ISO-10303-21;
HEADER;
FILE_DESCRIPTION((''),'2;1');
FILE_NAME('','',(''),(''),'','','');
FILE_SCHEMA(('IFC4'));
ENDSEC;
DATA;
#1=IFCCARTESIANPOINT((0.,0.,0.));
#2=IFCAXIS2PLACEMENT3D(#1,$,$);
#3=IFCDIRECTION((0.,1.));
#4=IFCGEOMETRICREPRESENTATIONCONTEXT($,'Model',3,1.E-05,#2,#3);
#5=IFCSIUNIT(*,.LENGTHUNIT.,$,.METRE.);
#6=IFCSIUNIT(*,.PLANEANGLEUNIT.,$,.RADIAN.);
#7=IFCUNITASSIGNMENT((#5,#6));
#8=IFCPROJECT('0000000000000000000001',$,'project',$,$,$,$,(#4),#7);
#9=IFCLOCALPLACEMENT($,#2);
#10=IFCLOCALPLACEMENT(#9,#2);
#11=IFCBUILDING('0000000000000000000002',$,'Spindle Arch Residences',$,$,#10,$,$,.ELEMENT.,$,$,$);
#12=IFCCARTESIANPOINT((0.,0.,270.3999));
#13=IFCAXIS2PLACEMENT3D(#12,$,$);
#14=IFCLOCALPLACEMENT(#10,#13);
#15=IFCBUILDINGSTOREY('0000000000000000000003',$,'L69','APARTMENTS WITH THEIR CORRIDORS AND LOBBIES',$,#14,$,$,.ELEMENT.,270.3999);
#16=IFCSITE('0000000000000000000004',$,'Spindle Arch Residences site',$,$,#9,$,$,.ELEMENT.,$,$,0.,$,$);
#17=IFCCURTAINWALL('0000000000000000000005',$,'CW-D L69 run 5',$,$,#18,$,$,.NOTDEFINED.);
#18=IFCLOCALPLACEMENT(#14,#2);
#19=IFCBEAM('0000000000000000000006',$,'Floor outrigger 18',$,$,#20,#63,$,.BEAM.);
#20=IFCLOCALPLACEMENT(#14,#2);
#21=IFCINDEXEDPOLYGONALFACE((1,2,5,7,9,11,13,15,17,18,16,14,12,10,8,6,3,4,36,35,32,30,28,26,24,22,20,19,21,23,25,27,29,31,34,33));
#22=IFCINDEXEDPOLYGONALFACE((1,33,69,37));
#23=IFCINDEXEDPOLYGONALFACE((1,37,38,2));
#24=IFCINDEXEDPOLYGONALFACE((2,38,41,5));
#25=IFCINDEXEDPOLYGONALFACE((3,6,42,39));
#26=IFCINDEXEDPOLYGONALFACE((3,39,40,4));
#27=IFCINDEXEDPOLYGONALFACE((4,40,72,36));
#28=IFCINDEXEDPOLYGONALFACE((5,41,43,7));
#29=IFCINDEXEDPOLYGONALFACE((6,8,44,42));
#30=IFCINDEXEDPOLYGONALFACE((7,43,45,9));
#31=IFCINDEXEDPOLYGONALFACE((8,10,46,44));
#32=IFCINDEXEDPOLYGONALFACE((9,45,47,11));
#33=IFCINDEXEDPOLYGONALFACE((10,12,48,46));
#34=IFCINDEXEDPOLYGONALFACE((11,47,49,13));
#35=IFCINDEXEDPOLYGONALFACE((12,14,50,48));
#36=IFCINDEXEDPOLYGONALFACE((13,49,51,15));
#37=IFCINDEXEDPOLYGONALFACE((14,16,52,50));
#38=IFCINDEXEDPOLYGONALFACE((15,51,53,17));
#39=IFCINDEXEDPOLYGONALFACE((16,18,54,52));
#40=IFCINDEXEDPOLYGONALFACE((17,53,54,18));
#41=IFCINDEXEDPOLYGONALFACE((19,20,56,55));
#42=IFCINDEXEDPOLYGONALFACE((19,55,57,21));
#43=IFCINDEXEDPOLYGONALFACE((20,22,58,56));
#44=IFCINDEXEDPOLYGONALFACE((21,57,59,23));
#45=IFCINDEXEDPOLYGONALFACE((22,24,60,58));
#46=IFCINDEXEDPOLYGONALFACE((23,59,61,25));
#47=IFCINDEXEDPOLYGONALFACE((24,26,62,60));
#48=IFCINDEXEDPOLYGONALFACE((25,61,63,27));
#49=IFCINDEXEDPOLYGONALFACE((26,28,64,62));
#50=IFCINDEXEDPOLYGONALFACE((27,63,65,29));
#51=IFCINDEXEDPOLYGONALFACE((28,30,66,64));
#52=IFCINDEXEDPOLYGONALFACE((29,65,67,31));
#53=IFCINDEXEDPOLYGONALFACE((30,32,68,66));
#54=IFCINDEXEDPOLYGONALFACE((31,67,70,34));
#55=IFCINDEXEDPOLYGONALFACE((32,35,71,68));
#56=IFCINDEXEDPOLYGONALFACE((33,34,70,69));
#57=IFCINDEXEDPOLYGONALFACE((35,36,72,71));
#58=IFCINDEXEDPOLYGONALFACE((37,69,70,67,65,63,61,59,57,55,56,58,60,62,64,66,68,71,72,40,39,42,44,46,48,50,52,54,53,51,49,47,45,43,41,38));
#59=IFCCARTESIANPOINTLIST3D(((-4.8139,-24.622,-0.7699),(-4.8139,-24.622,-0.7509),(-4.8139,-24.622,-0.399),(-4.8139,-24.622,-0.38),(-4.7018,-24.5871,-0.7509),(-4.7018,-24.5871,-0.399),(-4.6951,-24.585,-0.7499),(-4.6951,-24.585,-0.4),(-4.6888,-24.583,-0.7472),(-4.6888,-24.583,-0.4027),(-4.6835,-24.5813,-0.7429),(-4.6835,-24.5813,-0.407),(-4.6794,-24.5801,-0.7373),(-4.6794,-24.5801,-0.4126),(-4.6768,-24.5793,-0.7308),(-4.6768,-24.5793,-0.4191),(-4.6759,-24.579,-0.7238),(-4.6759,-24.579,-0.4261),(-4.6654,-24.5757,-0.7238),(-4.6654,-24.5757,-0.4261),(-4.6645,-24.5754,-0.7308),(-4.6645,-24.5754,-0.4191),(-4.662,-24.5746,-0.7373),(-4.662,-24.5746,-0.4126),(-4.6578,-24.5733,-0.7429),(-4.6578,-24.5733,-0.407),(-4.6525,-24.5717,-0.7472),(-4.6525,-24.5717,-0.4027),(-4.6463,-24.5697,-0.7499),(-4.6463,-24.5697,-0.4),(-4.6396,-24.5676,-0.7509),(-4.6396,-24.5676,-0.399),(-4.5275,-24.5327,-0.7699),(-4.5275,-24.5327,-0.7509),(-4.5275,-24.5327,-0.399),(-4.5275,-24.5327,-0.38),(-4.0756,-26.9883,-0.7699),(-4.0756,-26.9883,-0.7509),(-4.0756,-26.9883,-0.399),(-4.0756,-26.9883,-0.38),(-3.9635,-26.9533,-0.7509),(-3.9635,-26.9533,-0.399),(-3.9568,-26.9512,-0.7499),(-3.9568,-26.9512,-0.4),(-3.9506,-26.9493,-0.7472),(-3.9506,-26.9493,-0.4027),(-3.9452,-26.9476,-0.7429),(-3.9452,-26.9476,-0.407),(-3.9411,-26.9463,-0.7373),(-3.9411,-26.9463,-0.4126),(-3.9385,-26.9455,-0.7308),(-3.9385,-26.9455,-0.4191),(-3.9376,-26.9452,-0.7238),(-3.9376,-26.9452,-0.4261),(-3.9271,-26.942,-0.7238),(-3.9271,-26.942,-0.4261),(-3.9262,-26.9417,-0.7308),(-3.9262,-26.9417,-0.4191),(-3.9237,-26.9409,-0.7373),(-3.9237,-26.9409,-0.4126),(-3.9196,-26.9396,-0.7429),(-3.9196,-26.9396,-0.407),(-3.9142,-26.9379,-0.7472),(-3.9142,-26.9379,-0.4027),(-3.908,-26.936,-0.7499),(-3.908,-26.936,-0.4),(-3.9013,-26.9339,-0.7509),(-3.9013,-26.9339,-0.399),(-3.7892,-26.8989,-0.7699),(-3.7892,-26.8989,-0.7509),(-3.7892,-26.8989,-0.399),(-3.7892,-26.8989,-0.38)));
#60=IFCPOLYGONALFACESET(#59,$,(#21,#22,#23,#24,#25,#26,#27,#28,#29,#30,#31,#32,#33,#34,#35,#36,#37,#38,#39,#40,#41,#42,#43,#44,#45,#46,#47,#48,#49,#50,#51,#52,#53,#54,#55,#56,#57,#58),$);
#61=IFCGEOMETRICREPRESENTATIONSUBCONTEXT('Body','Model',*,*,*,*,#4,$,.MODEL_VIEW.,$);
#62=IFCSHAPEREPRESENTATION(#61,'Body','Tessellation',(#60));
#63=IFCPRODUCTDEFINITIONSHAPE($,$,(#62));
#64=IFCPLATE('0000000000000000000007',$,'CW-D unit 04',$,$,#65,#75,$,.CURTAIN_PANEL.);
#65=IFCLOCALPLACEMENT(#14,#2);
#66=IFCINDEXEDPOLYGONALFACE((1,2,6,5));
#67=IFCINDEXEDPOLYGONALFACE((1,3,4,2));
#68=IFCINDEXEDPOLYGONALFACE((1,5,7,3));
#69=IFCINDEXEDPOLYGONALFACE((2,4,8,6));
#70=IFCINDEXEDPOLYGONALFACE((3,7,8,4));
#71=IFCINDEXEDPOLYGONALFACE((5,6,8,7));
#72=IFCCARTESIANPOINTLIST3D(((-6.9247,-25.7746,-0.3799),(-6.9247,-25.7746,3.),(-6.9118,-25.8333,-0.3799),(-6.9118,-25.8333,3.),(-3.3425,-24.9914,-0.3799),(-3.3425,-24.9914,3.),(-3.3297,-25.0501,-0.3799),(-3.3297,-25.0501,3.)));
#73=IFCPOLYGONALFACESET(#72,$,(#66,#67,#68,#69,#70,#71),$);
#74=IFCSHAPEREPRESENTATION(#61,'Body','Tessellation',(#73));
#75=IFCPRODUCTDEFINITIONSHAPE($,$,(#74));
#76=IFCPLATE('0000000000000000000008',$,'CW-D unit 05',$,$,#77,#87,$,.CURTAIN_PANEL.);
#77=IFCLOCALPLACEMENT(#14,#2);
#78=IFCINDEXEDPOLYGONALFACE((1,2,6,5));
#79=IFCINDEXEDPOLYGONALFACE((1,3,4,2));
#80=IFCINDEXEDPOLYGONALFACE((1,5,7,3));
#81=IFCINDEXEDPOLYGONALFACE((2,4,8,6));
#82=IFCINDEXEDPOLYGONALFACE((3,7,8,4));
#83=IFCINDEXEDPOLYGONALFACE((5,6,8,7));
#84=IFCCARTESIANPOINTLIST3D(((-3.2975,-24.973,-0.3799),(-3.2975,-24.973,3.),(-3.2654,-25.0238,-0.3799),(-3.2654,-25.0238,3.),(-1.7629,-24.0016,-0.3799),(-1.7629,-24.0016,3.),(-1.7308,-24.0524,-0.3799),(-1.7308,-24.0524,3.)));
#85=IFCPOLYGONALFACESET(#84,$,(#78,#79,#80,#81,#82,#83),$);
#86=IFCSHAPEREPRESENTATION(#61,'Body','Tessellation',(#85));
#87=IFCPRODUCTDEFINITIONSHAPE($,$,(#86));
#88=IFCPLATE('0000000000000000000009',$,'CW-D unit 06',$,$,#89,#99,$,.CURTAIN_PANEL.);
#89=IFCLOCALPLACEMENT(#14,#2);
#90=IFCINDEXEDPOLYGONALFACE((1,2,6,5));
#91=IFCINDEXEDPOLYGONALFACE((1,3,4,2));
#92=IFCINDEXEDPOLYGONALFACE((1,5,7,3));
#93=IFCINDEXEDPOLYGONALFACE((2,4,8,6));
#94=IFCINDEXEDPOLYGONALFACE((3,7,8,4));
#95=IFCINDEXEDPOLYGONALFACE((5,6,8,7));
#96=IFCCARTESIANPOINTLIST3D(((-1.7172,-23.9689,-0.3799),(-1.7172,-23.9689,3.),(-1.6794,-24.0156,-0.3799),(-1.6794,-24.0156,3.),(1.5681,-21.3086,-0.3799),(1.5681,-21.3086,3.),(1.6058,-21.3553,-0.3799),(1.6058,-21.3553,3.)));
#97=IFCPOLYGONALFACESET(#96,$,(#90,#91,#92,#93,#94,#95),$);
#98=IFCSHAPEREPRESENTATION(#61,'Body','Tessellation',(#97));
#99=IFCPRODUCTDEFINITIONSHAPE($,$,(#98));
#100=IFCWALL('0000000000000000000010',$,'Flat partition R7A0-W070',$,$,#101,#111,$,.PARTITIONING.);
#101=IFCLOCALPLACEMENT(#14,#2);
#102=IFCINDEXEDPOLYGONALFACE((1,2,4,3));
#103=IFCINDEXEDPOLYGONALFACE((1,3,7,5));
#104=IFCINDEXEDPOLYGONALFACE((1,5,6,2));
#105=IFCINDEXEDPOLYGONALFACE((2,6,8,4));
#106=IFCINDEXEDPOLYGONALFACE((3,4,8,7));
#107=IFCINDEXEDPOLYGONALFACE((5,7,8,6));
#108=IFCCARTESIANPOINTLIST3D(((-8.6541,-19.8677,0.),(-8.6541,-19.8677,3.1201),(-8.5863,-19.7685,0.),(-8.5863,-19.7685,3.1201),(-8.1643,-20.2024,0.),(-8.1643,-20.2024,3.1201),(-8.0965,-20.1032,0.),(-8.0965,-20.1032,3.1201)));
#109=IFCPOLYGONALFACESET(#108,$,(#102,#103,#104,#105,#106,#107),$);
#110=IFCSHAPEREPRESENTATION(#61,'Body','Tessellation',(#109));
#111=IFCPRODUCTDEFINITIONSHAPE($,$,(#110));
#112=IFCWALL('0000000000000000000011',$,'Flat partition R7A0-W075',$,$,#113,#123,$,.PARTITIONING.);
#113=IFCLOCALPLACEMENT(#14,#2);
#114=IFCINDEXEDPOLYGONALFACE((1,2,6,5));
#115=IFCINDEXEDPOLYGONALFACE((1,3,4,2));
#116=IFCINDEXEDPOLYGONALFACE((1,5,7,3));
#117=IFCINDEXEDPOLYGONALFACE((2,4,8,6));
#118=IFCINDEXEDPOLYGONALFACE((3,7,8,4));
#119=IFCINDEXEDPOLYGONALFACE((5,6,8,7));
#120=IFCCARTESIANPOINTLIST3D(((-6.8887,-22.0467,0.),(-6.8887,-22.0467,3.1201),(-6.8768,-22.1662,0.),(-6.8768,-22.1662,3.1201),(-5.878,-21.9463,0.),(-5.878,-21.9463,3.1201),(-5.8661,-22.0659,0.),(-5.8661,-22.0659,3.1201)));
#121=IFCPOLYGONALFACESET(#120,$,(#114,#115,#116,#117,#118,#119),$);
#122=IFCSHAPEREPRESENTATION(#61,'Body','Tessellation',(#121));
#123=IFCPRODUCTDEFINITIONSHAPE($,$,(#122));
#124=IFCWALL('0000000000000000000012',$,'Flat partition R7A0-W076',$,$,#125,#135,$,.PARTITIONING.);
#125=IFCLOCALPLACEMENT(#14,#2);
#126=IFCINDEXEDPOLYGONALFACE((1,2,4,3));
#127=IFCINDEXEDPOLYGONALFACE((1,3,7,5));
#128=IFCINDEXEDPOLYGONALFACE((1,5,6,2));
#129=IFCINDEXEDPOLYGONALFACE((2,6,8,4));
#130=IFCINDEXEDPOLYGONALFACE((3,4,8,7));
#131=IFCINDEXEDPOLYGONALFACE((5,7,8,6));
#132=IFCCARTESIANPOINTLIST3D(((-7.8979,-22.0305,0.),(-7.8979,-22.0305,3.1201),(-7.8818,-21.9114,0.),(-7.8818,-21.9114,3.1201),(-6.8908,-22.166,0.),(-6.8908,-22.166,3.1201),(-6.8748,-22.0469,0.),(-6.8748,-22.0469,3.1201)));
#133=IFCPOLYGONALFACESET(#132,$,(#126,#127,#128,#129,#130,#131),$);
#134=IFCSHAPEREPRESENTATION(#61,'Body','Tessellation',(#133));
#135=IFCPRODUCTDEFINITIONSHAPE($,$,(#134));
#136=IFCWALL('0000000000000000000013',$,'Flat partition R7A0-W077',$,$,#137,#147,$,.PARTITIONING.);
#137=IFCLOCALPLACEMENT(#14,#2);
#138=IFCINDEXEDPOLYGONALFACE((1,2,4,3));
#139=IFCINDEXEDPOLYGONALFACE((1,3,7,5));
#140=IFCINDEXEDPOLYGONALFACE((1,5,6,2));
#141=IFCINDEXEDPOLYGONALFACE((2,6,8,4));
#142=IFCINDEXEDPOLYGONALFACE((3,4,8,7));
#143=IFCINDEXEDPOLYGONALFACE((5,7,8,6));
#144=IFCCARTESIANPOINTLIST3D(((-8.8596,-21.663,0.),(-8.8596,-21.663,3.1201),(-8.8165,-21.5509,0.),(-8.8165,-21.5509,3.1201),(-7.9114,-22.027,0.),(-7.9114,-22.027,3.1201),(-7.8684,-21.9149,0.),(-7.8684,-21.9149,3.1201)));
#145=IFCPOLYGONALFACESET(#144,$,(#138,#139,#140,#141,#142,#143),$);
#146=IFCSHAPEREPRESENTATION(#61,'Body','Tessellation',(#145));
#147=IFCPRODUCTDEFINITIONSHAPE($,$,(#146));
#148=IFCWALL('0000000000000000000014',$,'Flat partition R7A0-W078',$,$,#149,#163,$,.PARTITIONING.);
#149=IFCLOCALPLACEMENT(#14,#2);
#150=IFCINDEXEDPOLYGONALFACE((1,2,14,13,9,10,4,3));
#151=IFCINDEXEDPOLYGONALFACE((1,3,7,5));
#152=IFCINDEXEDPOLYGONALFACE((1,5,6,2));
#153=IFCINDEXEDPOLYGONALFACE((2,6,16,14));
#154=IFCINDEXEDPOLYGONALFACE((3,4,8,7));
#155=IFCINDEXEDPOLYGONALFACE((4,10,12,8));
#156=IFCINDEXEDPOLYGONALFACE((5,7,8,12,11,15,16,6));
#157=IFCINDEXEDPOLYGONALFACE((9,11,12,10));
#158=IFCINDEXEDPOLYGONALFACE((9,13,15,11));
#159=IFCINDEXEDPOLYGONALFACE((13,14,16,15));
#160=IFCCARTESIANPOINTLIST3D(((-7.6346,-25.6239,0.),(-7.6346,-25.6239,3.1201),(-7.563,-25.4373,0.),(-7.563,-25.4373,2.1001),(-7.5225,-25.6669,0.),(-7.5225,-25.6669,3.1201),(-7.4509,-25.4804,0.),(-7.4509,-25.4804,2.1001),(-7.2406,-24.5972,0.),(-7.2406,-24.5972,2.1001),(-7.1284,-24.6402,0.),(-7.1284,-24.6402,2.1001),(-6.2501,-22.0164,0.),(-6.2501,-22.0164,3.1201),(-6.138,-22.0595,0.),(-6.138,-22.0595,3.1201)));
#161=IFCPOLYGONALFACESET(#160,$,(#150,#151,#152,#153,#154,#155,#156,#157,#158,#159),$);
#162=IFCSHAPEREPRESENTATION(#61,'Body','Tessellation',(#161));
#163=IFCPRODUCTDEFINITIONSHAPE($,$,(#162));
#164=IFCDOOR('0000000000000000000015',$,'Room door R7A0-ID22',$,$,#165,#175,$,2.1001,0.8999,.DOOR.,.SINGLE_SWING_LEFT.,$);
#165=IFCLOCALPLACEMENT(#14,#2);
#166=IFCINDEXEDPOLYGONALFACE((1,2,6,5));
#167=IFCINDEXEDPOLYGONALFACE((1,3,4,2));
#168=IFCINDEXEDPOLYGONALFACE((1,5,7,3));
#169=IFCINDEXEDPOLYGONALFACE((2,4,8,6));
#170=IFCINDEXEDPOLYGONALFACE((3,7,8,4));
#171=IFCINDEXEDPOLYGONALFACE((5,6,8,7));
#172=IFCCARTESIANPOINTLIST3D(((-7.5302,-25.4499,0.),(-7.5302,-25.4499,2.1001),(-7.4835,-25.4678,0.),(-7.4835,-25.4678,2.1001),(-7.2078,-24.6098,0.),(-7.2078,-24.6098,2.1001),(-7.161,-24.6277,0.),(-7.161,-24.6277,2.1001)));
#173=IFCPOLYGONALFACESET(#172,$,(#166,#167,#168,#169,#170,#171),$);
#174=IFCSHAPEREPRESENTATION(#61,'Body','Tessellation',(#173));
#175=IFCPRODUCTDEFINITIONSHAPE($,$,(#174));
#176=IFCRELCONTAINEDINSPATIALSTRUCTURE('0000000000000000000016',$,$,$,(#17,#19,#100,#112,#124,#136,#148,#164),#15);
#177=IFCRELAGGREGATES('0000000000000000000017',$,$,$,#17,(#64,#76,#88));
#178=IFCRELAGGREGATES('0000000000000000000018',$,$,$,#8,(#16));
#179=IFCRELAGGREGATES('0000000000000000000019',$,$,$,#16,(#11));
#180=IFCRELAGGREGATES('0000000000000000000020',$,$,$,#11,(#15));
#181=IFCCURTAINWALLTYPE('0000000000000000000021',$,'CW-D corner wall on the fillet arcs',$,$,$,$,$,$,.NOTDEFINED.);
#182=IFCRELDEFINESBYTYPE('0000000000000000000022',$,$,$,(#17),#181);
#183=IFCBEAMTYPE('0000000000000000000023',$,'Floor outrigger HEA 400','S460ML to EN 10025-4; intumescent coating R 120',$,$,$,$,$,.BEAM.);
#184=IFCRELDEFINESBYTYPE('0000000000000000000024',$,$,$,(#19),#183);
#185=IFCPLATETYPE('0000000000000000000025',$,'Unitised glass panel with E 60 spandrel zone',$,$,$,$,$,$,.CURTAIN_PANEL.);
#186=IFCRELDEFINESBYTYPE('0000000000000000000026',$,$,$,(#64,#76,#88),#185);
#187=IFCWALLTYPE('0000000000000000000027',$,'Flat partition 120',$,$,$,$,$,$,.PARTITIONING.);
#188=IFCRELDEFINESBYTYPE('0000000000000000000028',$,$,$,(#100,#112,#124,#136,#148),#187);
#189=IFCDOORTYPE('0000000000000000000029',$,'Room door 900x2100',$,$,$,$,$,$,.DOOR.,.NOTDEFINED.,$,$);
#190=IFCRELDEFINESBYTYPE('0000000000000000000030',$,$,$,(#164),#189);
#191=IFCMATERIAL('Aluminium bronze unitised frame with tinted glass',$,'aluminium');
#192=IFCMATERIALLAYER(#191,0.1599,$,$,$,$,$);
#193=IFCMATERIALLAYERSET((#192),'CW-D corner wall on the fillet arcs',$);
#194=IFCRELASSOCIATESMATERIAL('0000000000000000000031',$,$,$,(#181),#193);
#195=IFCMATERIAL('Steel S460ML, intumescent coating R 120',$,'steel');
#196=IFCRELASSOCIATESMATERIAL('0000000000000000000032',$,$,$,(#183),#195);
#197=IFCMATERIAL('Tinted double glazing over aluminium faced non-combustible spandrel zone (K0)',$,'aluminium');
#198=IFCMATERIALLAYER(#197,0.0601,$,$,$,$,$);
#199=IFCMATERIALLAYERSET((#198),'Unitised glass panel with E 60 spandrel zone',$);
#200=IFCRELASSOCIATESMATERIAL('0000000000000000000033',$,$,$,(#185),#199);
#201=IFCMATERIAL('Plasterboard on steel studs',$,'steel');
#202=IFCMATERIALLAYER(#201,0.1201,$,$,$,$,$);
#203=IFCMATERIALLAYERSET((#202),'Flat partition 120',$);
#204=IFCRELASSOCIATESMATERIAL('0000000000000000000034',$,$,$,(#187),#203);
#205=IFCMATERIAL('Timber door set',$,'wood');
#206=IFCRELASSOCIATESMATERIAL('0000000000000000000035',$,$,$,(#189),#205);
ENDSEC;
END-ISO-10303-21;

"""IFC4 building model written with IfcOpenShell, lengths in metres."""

from ifc_helpers import new_model, si_unit, direction, frame, frame_2d, origin, origin_2d, place, context, subcontext, project, spatial, rectangle, i_section, extrude, material, layer, layer_set, material_profile, profile_set, type_object, element, fill, aggregate, save


model = new_model("IFC4")

# Units and contexts
model_context = context("Model", 3, precision=1e-05, world=origin(), true_north=direction((0.0, 1.0)))
body_context = subcontext(model_context, "Body", "Model", "MODEL_VIEW")
ifc_project = project(units=[si_unit("LENGTHUNIT", "METRE"), si_unit("PLANEANGLEUNIT", "RADIAN")], contexts=[model_context])

# Site, building, storey
site_placement = place(None, origin())
site = spatial("IfcSite", under=ifc_project, at=site_placement, Name="Spindle Arch Residences site", CompositionType="ELEMENT", RefElevation=0.0)
building_placement = place(site_placement, origin())
building = spatial("IfcBuilding", under=site, at=building_placement, Name="Spindle Arch Residences", CompositionType="ELEMENT")
storey_placement = place(building_placement, frame((0.0, 0.0, 270.3999)))
storey = spatial("IfcBuildingStorey", under=building, at=storey_placement, Name="L69", Description="APARTMENTS WITH THEIR CORRIDORS AND LOBBIES", CompositionType="ELEMENT", Elevation=270.3999)

# Curtain wall
ifc_material_1 = material(Name="Aluminium bronze unitised frame with tinted glass", Category="aluminium")
ifc_layer_1 = layer(ifc_material_1, 0.1599)
ifc_layer_set_1 = layer_set([ifc_layer_1], Name="CW-D corner wall on the fillet arcs")
curtain_wall_type = type_object("IfcCurtainWallType", Name="CW-D corner wall on the fillet arcs", PredefinedType="NOTDEFINED", material=ifc_layer_set_1)
curtain_wall_placement = place(storey_placement, origin())
curtain_wall = element("IfcCurtainWall", 1, at=curtain_wall_placement, inside=storey, type_object=curtain_wall_type, Name="CW-D L69 run 5", PredefinedType="NOTDEFINED")

# Beam
ifc_material_2 = material(Name="Steel S460ML, intumescent coating R 120", Category="steel")
ifc_material_profile_1 = material_profile(ifc_material_2, i_section(OverallWidth=0.3, OverallDepth=0.3899, WebThickness=0.011, FlangeThickness=0.019, FilletRadius=0.0271, at=origin_2d()), Name="HEA 400")
ifc_profile_set_1 = profile_set([ifc_material_profile_1], Name="Steel S460ML, intumescent coating R 120")
beam_type_1 = type_object("IfcBeamType", Name="Floor outrigger HEA 400", Description="S460ML to EN 10025-4; intumescent coating R 120", PredefinedType="BEAM", material=ifc_profile_set_1)
beam_1_placement = place(storey_placement, frame((-3.9324, -26.9436, -0.575), z_axis=(-0.297849, 0.954613, 0.0), x_axis=(-0.954613, -0.297849, 0.0)))
element("IfcBeam", 2, at=beam_1_placement, inside=storey, type_object=beam_type_1, Name="Floor outrigger 18", PredefinedType="BEAM", context=body_context, shape_type="SweptSolid", body=[
    extrude(i_section(OverallWidth=0.3, OverallDepth=0.3899, WebThickness=0.011, FlangeThickness=0.019, FilletRadius=0.0271, at=origin_2d()), origin(), (0.0, 0.0, 1.0), 2.4788),
])

# Plates
ifc_material_3 = material(Name="Tinted double glazing over aluminium faced non-combustible spandrel zone (K0)", Category="aluminium")
ifc_layer_2 = layer(ifc_material_3, 0.0601)
ifc_layer_set_2 = layer_set([ifc_layer_2], Name="Unitised glass panel with E 60 spandrel zone")
plate_type = type_object("IfcPlateType", Name="Unitised glass panel with E 60 spandrel zone", PredefinedType="CURTAIN_PANEL", material=ifc_layer_set_2)
plate_1_placement = place(storey_placement, frame((-5.1272, -25.4124, -0.3799), z_axis=(0.0, 0.0, 1.0), x_axis=(0.976921, 0.213599, 0.0)))
plate_1 = element("IfcPlate", 3, at=plate_1_placement, type_object=plate_type, Name="CW-D unit 04", PredefinedType="CURTAIN_PANEL", context=body_context, shape_type="SweptSolid", body=[
    extrude(rectangle(XDim=3.6667, YDim=0.0601, at=origin_2d()), origin(), (0.0, 0.0, 1.0), 3.3799),
])
plate_2_placement = place(storey_placement, frame((-2.5142, -24.5127, -0.3799), z_axis=(0.0, 0.0, 1.0), x_axis=(0.844951, 0.534844, 0.0)))
plate_2 = element("IfcPlate", 4, at=plate_2_placement, type_object=plate_type, Name="CW-D unit 05", PredefinedType="CURTAIN_PANEL", context=body_context, shape_type="SweptSolid", body=[
    extrude(rectangle(XDim=1.8162, YDim=0.0601, at=origin_2d()), origin(), (0.0, 0.0, 1.0), 3.3799),
])
plate_3_placement = place(storey_placement, frame((-0.0557, -22.6621, -0.3799), z_axis=(0.0, 0.0, 1.0), x_axis=(0.777146, 0.62932, 0.0)))
plate_3 = element("IfcPlate", 5, at=plate_3_placement, type_object=plate_type, Name="CW-D unit 06", PredefinedType="CURTAIN_PANEL", context=body_context, shape_type="SweptSolid", body=[
    extrude(rectangle(XDim=4.2273, YDim=0.0601, at=origin_2d()), origin(), (0.0, 0.0, 1.0), 3.3799),
])
aggregate(curtain_wall, [plate_1, plate_2, plate_3])

# Walls
ifc_material_4 = material(Name="Plasterboard on steel studs", Category="steel")
ifc_layer_3 = layer(ifc_material_4, 0.1201)
ifc_layer_set_3 = layer_set([ifc_layer_3], Name="Flat partition 120")
wall_type = type_object("IfcWallType", Name="Flat partition 120", PredefinedType="PARTITIONING", material=ifc_layer_set_3)
wall_1_placement = place(storey_placement, frame((-8.1304, -20.1528, 0.0), z_axis=(0.0, 0.0, 1.0), x_axis=(-0.8256, 0.564256, 0.0)))
element("IfcWall", 6, at=wall_1_placement, inside=storey, type_object=wall_type, Name="Flat partition R7A0-W070", PredefinedType="PARTITIONING", context=body_context, shape_type="SweptSolid", body=[
    extrude(rectangle(XDim=0.5933, YDim=0.1201, at=frame_2d((0.2966, 0.0))), origin(), (0.0, 0.0, 1.0), 3.1201),
])
wall_2_placement = place(storey_placement, frame((-5.8721, -22.0061, 0.0), z_axis=(0.0, 0.0, 1.0), x_axis=(-0.995108, -0.09879, 0.0)))
element("IfcWall", 7, at=wall_2_placement, inside=storey, type_object=wall_type, Name="Flat partition R7A0-W075", PredefinedType="PARTITIONING", context=body_context, shape_type="SweptSolid", body=[
    extrude(rectangle(XDim=1.0156, YDim=0.1201, at=frame_2d((0.5078, 0.0))), origin(), (0.0, 0.0, 1.0), 3.1201),
])
wall_3_placement = place(storey_placement, frame((-6.8828, -22.1064, 0.0), z_axis=(0.0, 0.0, 1.0), x_axis=(-0.99107, 0.133344, 0.0)))
element("IfcWall", 8, at=wall_3_placement, inside=storey, type_object=wall_type, Name="Flat partition R7A0-W076", PredefinedType="PARTITIONING", context=body_context, shape_type="SweptSolid", body=[
    extrude(rectangle(XDim=1.0161, YDim=0.1201, at=frame_2d((0.5081, 0.0))), origin(), (0.0, 0.0, 1.0), 3.1201),
])
wall_4_placement = place(storey_placement, frame((-7.8899, -21.9709, 0.0), z_axis=(0.0, 0.0, 1.0), x_axis=(-0.933575, 0.358383, 0.0)))
element("IfcWall", 9, at=wall_4_placement, inside=storey, type_object=wall_type, Name="Flat partition R7A0-W077", PredefinedType="PARTITIONING", context=body_context, shape_type="SweptSolid", body=[
    extrude(rectangle(XDim=1.0156, YDim=0.1201, at=frame_2d((0.5078, 0.0))), origin(), (0.0, 0.0, 1.0), 3.1201),
])

# Wall, opening, door
wall_5_placement = place(storey_placement, frame((-7.5786, -25.6455, 0.0), z_axis=(0.0, 0.0, 1.0), x_axis=(0.358314, 0.933601, 0.0)))
wall_5 = element("IfcWall", 10, at=wall_5_placement, inside=storey, type_object=wall_type, Name="Flat partition R7A0-W078", PredefinedType="PARTITIONING", context=body_context, shape_type="SweptSolid", body=[
    extrude(rectangle(XDim=3.864, YDim=0.1201, at=frame_2d((1.9321, 0.0))), origin(), (0.0, 0.0, 1.0), 3.1201),
])
opening_1_placement = place(wall_5_placement, frame((0.2, 0.0, 0.0)))
opening_1 = element("IfcOpeningElement", 11, at=opening_1_placement, cuts=wall_5, PredefinedType="OPENING", context=body_context, shape_type="SweptSolid", body=[
    extrude(rectangle(XDim=0.8999, YDim=2.1001, at=frame_2d((0.45, 1.05))), frame((0.0, 0.0701, 0.0), z_axis=(0.0, -1.0, 0.0), x_axis=(1.0, 0.0, 0.0)), (0.0, 0.0, 1.0), 0.1401),
])
ifc_material_5 = material(Name="Timber door set", Category="wood")
door_type = type_object("IfcDoorType", Name="Room door 900x2100", OperationType="NOTDEFINED", PredefinedType="DOOR", material=ifc_material_5)
door_1_placement = place(opening_1_placement, origin())
door_1 = element("IfcDoor", 12, at=door_1_placement, inside=storey, type_object=door_type, Name="Room door R7A0-ID22", OperationType="SINGLE_SWING_LEFT", OverallHeight=2.1001, OverallWidth=0.8999, PredefinedType="DOOR", context=body_context, shape_type="SweptSolid", body=[
    extrude(rectangle(XDim=0.8999, YDim=2.1001, at=frame_2d((0.45, 1.05))), frame((0.0, 0.0249, 0.0), z_axis=(0.0, -1.0, 0.0), x_axis=(1.0, 0.0, 0.0)), (0.0, 0.0, 1.0), 0.05),
])
fill(opening_1, door_1)

save(model, "model.ifc")
